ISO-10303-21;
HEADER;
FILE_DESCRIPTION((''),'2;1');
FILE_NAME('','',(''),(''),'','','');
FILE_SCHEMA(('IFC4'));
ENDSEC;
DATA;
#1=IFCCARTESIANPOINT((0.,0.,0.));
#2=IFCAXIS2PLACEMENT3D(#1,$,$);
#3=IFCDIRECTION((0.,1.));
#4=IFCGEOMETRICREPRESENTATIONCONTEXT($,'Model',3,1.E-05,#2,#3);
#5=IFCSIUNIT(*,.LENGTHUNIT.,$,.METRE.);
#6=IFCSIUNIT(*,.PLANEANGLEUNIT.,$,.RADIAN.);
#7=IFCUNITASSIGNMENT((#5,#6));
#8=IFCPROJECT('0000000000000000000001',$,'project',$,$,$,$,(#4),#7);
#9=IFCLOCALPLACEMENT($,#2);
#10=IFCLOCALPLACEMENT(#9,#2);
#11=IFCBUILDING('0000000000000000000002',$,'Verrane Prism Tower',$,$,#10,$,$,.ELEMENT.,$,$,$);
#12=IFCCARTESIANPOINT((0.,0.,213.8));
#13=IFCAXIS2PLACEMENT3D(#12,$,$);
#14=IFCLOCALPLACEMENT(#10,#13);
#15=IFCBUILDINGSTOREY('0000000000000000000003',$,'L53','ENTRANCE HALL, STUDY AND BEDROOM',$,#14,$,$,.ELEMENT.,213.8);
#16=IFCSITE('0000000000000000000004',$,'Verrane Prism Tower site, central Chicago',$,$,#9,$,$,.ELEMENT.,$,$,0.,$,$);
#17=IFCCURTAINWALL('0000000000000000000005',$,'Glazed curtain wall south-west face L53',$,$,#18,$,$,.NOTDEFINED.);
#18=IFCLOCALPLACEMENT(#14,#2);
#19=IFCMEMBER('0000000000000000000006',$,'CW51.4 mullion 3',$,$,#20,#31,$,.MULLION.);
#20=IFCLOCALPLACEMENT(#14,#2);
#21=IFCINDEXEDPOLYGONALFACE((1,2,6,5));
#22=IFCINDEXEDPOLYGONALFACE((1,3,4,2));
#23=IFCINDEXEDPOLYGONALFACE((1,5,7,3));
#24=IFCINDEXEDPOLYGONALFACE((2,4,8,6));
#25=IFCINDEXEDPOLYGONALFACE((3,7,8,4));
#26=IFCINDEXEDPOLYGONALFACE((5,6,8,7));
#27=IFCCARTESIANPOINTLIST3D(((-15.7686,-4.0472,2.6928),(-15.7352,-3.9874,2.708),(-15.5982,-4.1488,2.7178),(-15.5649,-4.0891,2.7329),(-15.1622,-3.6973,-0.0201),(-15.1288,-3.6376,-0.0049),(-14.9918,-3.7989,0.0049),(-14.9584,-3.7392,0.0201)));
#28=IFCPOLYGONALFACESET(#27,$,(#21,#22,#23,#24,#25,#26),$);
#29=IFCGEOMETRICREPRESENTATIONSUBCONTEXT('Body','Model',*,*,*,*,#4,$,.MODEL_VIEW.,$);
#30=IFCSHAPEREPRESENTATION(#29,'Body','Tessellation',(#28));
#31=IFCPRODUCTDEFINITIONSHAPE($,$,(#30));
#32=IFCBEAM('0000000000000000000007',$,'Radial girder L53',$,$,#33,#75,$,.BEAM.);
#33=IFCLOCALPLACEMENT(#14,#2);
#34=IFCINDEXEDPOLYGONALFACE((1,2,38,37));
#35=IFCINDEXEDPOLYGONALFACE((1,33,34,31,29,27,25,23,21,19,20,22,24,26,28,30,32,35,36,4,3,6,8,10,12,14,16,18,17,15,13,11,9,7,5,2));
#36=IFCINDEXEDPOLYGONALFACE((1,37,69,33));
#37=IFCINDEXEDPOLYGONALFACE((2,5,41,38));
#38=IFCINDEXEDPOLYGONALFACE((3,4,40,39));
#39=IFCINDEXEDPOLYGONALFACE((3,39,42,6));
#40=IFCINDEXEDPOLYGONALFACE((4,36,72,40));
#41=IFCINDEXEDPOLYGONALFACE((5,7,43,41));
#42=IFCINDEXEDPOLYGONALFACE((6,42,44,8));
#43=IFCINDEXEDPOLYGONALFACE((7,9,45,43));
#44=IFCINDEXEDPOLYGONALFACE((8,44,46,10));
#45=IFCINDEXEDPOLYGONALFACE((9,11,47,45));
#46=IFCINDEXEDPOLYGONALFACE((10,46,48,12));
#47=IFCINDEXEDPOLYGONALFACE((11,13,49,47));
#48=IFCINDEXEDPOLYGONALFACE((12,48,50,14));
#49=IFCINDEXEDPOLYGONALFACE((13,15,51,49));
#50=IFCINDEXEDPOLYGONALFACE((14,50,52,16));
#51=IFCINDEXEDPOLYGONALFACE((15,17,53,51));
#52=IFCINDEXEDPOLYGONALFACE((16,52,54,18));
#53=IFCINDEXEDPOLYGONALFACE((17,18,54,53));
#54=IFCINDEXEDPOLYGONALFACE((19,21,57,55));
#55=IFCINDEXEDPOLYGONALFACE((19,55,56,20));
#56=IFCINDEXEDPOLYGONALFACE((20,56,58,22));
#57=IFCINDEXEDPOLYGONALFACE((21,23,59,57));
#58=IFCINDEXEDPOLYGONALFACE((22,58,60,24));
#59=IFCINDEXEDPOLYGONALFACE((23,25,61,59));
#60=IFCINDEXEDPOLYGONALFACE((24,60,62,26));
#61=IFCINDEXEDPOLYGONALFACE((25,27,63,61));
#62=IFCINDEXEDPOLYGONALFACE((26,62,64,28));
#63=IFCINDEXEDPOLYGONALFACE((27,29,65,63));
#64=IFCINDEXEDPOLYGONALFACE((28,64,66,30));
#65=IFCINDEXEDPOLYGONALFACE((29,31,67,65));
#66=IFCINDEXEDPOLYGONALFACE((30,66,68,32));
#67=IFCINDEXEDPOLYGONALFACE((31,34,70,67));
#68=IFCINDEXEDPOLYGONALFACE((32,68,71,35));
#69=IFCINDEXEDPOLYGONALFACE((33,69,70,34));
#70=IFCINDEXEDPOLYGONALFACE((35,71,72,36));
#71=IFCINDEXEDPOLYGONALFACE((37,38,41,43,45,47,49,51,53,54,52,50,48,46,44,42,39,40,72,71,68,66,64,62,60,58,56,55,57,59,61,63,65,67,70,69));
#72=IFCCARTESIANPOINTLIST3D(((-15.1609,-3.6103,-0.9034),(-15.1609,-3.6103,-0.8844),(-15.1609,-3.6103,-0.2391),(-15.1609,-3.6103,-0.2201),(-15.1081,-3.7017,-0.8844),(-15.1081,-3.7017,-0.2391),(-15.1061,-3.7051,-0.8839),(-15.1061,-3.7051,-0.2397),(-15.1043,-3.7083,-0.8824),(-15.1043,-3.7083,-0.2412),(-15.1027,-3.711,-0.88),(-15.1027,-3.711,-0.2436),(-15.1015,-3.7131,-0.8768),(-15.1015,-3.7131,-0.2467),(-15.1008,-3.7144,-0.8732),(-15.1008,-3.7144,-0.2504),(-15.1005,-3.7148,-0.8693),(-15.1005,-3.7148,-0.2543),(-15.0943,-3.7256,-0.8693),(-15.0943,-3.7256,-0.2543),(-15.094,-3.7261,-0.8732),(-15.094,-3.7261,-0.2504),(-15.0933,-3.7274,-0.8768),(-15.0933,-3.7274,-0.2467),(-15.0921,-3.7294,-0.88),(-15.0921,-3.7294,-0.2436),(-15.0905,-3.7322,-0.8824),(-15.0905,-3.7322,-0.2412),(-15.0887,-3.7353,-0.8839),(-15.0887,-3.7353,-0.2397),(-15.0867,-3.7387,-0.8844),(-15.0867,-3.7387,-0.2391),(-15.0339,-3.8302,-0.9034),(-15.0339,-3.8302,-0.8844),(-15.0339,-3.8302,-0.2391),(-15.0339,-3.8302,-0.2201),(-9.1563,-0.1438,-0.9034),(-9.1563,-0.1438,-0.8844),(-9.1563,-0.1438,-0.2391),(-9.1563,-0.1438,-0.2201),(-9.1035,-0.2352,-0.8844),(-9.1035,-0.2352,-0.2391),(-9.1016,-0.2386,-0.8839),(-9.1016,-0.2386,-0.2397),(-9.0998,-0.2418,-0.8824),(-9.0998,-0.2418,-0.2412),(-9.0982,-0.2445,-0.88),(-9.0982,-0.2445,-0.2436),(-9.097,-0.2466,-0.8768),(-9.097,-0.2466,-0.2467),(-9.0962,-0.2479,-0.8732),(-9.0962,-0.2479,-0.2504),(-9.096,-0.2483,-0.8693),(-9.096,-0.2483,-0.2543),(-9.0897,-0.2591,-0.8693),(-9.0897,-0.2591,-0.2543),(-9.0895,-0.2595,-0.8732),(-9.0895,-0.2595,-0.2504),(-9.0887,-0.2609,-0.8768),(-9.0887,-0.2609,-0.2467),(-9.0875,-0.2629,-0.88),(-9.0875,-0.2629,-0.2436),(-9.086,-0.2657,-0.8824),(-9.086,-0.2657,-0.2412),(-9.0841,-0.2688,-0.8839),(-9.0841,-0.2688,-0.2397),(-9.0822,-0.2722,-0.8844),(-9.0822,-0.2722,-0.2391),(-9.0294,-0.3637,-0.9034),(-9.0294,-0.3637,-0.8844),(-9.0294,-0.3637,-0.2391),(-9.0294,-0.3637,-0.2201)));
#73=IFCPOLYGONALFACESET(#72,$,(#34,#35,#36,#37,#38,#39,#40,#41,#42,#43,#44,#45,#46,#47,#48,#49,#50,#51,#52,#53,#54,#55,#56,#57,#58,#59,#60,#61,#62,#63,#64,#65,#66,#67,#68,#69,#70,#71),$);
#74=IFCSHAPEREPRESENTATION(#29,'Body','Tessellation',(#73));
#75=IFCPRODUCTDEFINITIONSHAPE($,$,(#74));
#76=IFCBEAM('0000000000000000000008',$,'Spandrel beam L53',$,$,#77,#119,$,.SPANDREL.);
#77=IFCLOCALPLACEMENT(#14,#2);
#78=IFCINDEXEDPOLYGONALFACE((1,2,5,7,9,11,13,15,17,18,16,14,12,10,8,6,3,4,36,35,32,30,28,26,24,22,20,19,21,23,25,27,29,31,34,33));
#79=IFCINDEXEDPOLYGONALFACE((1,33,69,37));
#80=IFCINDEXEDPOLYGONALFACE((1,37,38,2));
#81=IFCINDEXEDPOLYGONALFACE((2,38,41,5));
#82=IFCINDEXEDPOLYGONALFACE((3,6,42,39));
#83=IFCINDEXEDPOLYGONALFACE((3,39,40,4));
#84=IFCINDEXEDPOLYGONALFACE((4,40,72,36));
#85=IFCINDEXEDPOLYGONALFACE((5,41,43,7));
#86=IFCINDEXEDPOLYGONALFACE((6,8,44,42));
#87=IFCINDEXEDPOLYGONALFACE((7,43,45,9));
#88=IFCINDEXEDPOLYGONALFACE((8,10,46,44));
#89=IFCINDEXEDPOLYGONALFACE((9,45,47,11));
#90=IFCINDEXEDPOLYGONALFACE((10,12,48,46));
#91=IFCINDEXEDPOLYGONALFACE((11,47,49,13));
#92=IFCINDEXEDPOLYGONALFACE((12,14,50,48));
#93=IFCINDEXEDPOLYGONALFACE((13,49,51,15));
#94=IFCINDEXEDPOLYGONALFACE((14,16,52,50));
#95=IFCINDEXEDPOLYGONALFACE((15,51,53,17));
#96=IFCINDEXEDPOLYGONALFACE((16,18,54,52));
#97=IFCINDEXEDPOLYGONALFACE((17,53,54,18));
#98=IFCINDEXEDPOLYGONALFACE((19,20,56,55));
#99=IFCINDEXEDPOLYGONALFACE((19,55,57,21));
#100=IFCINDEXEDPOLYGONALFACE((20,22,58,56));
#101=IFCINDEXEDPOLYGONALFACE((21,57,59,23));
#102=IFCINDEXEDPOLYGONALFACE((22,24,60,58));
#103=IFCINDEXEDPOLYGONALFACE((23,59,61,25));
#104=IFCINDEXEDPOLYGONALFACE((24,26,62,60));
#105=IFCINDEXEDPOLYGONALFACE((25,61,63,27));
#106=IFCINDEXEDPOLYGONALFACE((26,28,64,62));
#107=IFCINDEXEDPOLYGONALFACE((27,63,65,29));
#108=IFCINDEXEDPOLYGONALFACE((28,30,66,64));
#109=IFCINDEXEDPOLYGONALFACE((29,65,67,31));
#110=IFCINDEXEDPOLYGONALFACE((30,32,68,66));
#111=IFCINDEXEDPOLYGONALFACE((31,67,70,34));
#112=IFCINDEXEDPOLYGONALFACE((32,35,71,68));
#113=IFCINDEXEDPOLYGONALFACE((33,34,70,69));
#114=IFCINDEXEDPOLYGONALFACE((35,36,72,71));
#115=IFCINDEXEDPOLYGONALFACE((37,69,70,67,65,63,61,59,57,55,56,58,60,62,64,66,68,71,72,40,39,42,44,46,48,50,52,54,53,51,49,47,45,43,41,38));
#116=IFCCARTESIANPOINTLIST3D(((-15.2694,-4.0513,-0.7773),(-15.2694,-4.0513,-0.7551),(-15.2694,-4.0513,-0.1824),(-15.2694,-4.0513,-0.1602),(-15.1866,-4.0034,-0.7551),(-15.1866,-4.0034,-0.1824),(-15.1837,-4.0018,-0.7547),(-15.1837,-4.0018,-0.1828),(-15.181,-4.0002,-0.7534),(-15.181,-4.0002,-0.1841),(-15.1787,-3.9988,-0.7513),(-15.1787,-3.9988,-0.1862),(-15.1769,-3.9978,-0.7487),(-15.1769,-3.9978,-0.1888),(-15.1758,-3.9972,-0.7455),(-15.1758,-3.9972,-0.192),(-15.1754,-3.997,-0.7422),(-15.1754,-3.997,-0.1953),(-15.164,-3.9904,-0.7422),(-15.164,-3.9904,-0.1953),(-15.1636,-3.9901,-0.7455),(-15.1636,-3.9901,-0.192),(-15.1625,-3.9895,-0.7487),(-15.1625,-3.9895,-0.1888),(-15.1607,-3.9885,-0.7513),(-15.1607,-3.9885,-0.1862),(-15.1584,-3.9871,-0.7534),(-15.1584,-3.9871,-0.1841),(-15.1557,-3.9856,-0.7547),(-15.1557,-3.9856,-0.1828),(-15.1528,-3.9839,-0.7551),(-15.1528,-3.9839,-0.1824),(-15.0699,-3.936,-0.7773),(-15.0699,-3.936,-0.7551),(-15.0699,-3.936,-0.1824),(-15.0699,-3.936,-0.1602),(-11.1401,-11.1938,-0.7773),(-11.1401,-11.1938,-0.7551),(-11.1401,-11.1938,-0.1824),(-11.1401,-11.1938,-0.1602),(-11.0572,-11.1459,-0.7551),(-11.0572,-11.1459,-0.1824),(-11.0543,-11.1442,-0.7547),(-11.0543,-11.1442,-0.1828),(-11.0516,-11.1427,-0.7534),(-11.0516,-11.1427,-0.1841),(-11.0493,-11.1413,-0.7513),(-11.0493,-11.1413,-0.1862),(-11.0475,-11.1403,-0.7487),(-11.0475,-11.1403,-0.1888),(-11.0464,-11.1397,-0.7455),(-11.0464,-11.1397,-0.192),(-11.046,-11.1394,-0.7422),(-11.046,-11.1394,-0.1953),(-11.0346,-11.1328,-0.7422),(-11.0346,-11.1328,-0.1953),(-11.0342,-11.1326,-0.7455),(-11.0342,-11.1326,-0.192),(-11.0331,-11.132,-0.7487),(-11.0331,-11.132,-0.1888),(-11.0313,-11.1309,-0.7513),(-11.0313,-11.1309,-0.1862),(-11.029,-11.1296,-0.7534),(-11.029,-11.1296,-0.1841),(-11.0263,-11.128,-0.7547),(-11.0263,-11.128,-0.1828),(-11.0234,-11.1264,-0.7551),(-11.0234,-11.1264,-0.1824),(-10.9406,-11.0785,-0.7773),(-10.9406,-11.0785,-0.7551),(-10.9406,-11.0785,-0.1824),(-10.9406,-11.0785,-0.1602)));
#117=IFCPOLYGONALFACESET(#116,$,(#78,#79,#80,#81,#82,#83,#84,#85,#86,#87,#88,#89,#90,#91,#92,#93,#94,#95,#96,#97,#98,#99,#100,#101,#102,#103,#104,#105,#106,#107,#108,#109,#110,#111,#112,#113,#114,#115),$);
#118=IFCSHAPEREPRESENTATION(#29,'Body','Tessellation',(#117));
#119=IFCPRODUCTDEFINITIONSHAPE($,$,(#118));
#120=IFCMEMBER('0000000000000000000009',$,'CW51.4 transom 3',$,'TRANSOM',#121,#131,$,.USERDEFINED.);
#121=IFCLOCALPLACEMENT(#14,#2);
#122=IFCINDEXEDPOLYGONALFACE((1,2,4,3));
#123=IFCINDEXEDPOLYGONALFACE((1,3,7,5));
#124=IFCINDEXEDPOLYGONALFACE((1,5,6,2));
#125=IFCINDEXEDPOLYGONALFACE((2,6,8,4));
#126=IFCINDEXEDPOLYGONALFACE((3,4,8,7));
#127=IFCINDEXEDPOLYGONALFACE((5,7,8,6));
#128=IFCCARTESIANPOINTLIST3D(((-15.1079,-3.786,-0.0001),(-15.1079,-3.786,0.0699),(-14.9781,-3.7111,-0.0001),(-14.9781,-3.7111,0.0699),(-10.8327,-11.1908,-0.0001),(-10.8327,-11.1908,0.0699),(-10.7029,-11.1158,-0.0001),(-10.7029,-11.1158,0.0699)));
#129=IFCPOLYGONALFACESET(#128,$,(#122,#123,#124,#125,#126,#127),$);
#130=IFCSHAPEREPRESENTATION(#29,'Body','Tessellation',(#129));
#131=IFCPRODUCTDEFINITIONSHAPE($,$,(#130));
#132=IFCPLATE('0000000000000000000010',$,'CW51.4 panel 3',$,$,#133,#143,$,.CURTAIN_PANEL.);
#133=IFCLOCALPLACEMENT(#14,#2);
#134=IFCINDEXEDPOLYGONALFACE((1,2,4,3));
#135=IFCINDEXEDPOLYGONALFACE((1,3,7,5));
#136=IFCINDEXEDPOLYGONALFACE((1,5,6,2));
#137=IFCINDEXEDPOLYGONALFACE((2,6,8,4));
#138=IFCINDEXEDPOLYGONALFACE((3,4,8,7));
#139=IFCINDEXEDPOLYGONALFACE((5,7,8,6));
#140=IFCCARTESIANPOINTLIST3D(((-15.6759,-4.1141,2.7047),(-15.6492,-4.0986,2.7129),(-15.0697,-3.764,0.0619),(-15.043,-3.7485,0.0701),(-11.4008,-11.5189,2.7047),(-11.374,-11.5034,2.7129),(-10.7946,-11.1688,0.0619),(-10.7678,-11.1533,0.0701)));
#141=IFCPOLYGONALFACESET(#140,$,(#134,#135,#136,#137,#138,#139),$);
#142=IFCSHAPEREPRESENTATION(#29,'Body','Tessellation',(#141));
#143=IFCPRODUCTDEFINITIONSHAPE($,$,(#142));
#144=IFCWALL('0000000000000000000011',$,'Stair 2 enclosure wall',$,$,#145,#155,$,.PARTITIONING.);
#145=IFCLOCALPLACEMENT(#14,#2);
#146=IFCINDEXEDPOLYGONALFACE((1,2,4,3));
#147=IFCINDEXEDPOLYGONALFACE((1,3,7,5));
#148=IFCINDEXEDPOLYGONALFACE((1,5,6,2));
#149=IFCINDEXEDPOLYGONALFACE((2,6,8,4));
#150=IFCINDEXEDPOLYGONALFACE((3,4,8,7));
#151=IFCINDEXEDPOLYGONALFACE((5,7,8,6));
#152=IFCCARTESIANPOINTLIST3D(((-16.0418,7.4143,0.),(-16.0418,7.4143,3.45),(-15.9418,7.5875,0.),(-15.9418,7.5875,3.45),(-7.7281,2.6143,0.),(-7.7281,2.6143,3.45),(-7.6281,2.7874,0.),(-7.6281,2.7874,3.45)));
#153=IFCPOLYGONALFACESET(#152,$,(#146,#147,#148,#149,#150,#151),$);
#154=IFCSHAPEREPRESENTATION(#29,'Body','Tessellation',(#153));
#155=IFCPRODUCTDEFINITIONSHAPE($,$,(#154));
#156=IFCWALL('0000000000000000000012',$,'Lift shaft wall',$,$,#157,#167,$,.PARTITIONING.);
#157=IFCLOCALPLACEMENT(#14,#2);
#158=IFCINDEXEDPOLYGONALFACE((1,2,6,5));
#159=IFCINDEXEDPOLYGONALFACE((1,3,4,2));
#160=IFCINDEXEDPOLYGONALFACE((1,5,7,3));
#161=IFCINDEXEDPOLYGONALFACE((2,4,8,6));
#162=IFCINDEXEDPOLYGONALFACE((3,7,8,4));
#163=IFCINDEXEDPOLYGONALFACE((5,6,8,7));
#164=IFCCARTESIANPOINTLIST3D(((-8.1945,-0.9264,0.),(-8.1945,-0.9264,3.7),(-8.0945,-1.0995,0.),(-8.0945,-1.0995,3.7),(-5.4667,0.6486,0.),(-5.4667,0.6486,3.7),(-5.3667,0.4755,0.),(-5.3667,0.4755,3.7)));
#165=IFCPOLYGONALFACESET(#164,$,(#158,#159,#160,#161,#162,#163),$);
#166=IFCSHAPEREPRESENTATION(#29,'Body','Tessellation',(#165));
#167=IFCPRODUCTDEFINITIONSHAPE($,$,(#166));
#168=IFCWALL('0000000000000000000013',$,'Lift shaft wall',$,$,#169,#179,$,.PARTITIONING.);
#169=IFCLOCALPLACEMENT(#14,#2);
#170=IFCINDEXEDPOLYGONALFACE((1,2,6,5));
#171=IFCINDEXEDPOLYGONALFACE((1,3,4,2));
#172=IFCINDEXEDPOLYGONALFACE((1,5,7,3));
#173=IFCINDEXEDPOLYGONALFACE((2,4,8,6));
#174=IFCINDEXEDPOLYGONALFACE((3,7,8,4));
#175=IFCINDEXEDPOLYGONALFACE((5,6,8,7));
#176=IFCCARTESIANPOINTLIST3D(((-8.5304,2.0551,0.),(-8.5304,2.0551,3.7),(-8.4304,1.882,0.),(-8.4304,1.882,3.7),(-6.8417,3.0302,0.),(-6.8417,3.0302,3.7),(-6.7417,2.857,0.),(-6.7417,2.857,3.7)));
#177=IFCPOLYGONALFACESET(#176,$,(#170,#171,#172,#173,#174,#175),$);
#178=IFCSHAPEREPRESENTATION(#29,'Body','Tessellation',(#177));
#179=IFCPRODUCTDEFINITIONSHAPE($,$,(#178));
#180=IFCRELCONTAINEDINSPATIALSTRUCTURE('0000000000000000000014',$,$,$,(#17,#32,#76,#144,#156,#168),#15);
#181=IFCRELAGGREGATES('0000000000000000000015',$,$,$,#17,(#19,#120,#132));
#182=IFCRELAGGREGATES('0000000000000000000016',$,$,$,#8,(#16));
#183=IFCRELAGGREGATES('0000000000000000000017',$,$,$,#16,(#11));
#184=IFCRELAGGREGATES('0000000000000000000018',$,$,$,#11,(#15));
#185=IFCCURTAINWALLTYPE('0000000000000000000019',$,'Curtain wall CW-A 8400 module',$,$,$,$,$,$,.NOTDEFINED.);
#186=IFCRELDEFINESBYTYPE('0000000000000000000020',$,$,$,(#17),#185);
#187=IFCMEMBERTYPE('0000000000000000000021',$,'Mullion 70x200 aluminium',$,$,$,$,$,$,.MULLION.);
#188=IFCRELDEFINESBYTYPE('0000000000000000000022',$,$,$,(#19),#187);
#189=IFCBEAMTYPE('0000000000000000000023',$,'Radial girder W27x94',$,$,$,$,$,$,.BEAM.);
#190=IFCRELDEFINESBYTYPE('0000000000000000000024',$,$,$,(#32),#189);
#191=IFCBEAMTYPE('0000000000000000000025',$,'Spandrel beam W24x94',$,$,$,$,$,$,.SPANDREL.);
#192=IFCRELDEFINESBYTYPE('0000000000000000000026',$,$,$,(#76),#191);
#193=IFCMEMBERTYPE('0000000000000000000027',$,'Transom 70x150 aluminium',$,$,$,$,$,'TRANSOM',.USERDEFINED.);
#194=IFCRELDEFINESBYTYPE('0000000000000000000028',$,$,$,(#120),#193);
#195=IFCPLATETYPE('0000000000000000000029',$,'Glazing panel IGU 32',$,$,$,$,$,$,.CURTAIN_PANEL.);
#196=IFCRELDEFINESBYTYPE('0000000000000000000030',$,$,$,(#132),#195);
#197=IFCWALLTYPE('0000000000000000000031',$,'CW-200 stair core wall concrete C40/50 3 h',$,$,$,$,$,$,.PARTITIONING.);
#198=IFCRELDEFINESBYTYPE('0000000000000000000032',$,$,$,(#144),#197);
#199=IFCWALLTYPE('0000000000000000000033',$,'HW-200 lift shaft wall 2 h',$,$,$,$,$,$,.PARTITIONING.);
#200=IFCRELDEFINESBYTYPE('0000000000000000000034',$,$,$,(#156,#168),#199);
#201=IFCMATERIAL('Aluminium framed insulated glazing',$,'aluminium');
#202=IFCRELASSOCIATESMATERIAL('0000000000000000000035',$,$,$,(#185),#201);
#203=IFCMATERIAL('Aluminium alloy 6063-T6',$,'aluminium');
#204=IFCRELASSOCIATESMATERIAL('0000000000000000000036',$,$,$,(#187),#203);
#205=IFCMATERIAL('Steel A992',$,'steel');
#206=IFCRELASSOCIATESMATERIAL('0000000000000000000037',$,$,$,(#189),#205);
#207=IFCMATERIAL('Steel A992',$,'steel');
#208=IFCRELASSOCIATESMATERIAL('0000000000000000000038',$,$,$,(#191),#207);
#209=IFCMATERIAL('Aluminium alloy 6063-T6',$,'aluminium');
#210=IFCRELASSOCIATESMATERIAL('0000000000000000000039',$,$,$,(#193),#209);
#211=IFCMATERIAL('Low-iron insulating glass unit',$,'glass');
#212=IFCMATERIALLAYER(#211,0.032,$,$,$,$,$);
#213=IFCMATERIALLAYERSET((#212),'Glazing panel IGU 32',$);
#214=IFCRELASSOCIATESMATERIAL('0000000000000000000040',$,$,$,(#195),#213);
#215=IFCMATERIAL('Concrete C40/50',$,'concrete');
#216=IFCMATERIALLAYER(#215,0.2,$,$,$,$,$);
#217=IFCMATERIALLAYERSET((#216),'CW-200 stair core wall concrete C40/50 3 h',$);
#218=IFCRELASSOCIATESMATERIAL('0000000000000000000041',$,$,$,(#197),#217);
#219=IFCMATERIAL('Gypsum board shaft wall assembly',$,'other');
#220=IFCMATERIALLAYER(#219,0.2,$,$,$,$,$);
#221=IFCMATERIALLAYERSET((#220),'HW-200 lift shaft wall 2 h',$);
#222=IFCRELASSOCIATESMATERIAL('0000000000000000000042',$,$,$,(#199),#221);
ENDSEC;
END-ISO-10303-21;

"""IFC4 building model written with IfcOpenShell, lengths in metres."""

from ifc_helpers import new_model, si_unit, direction, frame, frame_2d, origin, origin_2d, place, context, subcontext, project, spatial, polyline, rectangle, i_section, outline, extrude, material, layer, layer_set, material_profile, profile_set, type_object, element, aggregate, save


model = new_model("IFC4")

# Units and contexts
model_context = context("Model", 3, precision=1e-05, world=origin(), true_north=direction((0.0, 1.0)))
body_context = subcontext(model_context, "Body", "Model", "MODEL_VIEW")
ifc_project = project(units=[si_unit("LENGTHUNIT", "METRE"), si_unit("PLANEANGLEUNIT", "RADIAN")], contexts=[model_context])

# Site, building, storey
site_placement = place(None, origin())
site = spatial("IfcSite", under=ifc_project, at=site_placement, Name="Verrane Prism Tower site, central Chicago", CompositionType="ELEMENT", RefElevation=0.0)
building_placement = place(site_placement, origin())
building = spatial("IfcBuilding", under=site, at=building_placement, Name="Verrane Prism Tower", CompositionType="ELEMENT")
storey_placement = place(building_placement, frame((0.0, 0.0, 213.8)))
storey = spatial("IfcBuildingStorey", under=building, at=storey_placement, Name="L53", Description="ENTRANCE HALL, STUDY AND BEDROOM", CompositionType="ELEMENT", Elevation=213.8)

# Curtain wall, member
ifc_material_1 = material(Name="Aluminium framed insulated glazing", Category="aluminium")
curtain_wall_type = type_object("IfcCurtainWallType", Name="Curtain wall CW-A 8400 module", PredefinedType="NOTDEFINED", material=ifc_material_1)
curtain_wall_placement = place(storey_placement, origin())
curtain_wall = element("IfcCurtainWall", 1, at=curtain_wall_placement, inside=storey, type_object=curtain_wall_type, Name="Glazed curtain wall south-west face L53", PredefinedType="NOTDEFINED")
ifc_material_2 = material(Name="Aluminium alloy 6063-T6", Category="aluminium")
ifc_material_profile_1 = material_profile(ifc_material_2, rectangle(XDim=0.2, YDim=0.0701, at=origin_2d()), Name="Mullion 70x200 aluminium")
ifc_profile_set_1 = profile_set([ifc_material_profile_1], Name="Aluminium alloy 6063-T6")
member_type_1 = type_object("IfcMemberType", Name="Mullion 70x200 aluminium", PredefinedType="MULLION", material=ifc_profile_set_1)
member_1_placement = place(storey_placement, frame((-15.0603, -3.7183, 0.0), z_axis=(-0.21645, -0.124868, 0.968275), x_axis=(0.852113, -0.508225, 0.124943)))
member_1 = element("IfcMember", 2, at=member_1_placement, type_object=member_type_1, Name="CW51.4 mullion 3", PredefinedType="MULLION", context=body_context, shape_type="SweptSolid", body=[
    extrude(rectangle(XDim=0.2, YDim=0.0701, at=origin_2d()), origin(), (0.0, 0.0, 1.0), 2.8018),
])

# Beams
ifc_material_3 = material(Name="Steel A992", Category="steel")
ifc_material_profile_2 = material_profile(ifc_material_3, i_section(OverallWidth=0.2539, OverallDepth=0.6833, WebThickness=0.0125, FlangeThickness=0.019, FilletRadius=0.0151, at=origin_2d()), Name="W27x94")
ifc_profile_set_2 = profile_set([ifc_material_profile_2], Name="Steel A992")
beam_type_1 = type_object("IfcBeamType", Name="Radial girder W27x94", PredefinedType="BEAM", material=ifc_profile_set_2)
beam_1_placement = place(storey_placement, frame((-15.0974, -3.7202, -0.5618), z_axis=(0.86604, 0.499975, 0.0), x_axis=(-0.499975, 0.86604, 0.0)))
element("IfcBeam", 3, at=beam_1_placement, inside=storey, type_object=beam_type_1, Name="Radial girder L53", PredefinedType="BEAM", context=body_context, shape_type="SweptSolid", body=[
    extrude(i_section(OverallWidth=0.2539, OverallDepth=0.6833, WebThickness=0.0125, FlangeThickness=0.019, FilletRadius=0.0151, at=origin_2d()), origin(), (0.0, 0.0, 1.0), 6.9333),
])
ifc_material_4 = material(Name="Steel A992", Category="steel")
ifc_material_profile_3 = material_profile(ifc_material_4, i_section(OverallWidth=0.2305, OverallDepth=0.6172, WebThickness=0.0132, FlangeThickness=0.0222, FilletRadius=0.0129, at=origin_2d()), Name="W24x94")
ifc_profile_set_3 = profile_set([ifc_material_profile_3], Name="Steel A992")
beam_type_2 = type_object("IfcBeamType", Name="Spandrel beam W24x94", PredefinedType="SPANDREL", material=ifc_profile_set_3)
beam_2_placement = place(storey_placement, frame((-15.1697, -3.9937, -0.4688), z_axis=(0.500511, -0.86573, 0.0), x_axis=(0.86573, 0.500511, 0.0)))
element("IfcBeam", 4, at=beam_2_placement, inside=storey, type_object=beam_type_2, Name="Spandrel beam L53", PredefinedType="SPANDREL", context=body_context, shape_type="SweptSolid", body=[
    extrude(i_section(OverallWidth=0.2305, OverallDepth=0.6172, WebThickness=0.0132, FlangeThickness=0.0222, FilletRadius=0.0129, at=origin_2d()), origin(), (0.0, 0.0, 1.0), 8.2502),
])

# Member
ifc_material_5 = material(Name="Aluminium alloy 6063-T6", Category="aluminium")
ifc_material_profile_4 = material_profile(ifc_material_5, rectangle(XDim=0.1499, YDim=0.0701, at=origin_2d()), Name="Transom 70x150 aluminium")
ifc_profile_set_4 = profile_set([ifc_material_profile_4], Name="Aluminium alloy 6063-T6")
member_type_2 = type_object("IfcMemberType", Name="Transom 70x150 aluminium", ElementType="TRANSOM", PredefinedType="USERDEFINED", material=ifc_profile_set_4)
member_2_placement = place(storey_placement, frame((-15.043, -3.7485, 0.0349), z_axis=(0.499999, -0.866026, 0.0), x_axis=(0.866026, 0.499999, 0.0)))
member_2 = element("IfcMember", 5, at=member_2_placement, type_object=member_type_2, Name="CW51.4 transom 3", ObjectType="TRANSOM", PredefinedType="USERDEFINED", context=body_context, shape_type="SweptSolid", body=[
    extrude(rectangle(XDim=0.1499, YDim=0.0701, at=origin_2d()), origin(), (0.0, 0.0, 1.0), 8.5503),
])

# Plate
ifc_material_6 = material(Name="Low-iron insulating glass unit", Category="glass")
ifc_layer_1 = layer(ifc_material_6, 0.032)
ifc_layer_set_1 = layer_set([ifc_layer_1], Name="Glazing panel IGU 32")
plate_type = type_object("IfcPlateType", Name="Glazing panel IGU 32", PredefinedType="CURTAIN_PANEL", material=ifc_layer_set_1)
plate_placement = place(storey_placement, frame((-15.043, -3.7485, 0.0701), z_axis=(0.837155, 0.483331, 0.256051), x_axis=(0.499999, -0.866026, 0.0)))
plate = element("IfcPlate", 6, at=plate_placement, type_object=plate_type, Name="CW51.4 panel 3", PredefinedType="CURTAIN_PANEL", context=body_context, shape_type="SweptSolid", body=[
    extrude(outline(polyline([(0.0, 0.0), (8.5503, 0.0), (8.5504, -2.734), (0.0001, -2.734), (0.0, 0.0)])), origin(), (0.0, 0.0, -1.0), 0.032),
])
aggregate(curtain_wall, [member_1, member_2, plate])

# Walls
ifc_material_7 = material(Name="Concrete C40/50", Category="concrete")
ifc_layer_2 = layer(ifc_material_7, 0.2)
ifc_layer_set_2 = layer_set([ifc_layer_2], Name="CW-200 stair core wall concrete C40/50 3 h")
wall_type_1 = type_object("IfcWallType", Name="CW-200 stair core wall concrete C40/50 3 h", PredefinedType="PARTITIONING", material=ifc_layer_set_2)
wall_1_placement = place(storey_placement, frame((-7.6782, 2.7009, 0.0), z_axis=(0.0, 0.0, 1.0), x_axis=(-0.86602, 0.500009, 0.0)))
element("IfcWall", 7, at=wall_1_placement, inside=storey, type_object=wall_type_1, Name="Stair 2 enclosure wall", PredefinedType="PARTITIONING", context=body_context, shape_type="SweptSolid", body=[
    extrude(rectangle(XDim=9.5999, YDim=0.2, at=frame_2d((4.7998, 0.0))), origin(), (0.0, 0.0, 1.0), 3.45),
])
ifc_material_8 = material(Name="Gypsum board shaft wall assembly", Category="other")
ifc_layer_3 = layer(ifc_material_8, 0.2)
ifc_layer_set_3 = layer_set([ifc_layer_3], Name="HW-200 lift shaft wall 2 h")
wall_type_2 = type_object("IfcWallType", Name="HW-200 lift shaft wall 2 h", PredefinedType="PARTITIONING", material=ifc_layer_set_3)
wall_2_placement = place(storey_placement, frame((-8.1445, -1.0129, 0.0), z_axis=(0.0, 0.0, 1.0), x_axis=(0.866016, 0.500015, 0.0)))
element("IfcWall", 8, at=wall_2_placement, inside=storey, type_object=wall_type_2, Name="Lift shaft wall", PredefinedType="PARTITIONING", context=body_context, shape_type="SweptSolid", body=[
    extrude(rectangle(XDim=3.1499, YDim=0.2, at=frame_2d((1.575, 0.0))), origin(), (0.0, 0.0, 1.0), 3.7),
])
wall_3_placement = place(storey_placement, frame((-8.4805, 1.9685, 0.0), z_axis=(0.0, 0.0, 1.0), x_axis=(0.866, 0.500044, 0.0)))
element("IfcWall", 9, at=wall_3_placement, inside=storey, type_object=wall_type_2, Name="Lift shaft wall", PredefinedType="PARTITIONING", context=body_context, shape_type="SweptSolid", body=[
    extrude(rectangle(XDim=1.95, YDim=0.2, at=frame_2d((0.9751, 0.0))), origin(), (0.0, 0.0, 1.0), 3.7),
])

save(model, "model.ifc")
